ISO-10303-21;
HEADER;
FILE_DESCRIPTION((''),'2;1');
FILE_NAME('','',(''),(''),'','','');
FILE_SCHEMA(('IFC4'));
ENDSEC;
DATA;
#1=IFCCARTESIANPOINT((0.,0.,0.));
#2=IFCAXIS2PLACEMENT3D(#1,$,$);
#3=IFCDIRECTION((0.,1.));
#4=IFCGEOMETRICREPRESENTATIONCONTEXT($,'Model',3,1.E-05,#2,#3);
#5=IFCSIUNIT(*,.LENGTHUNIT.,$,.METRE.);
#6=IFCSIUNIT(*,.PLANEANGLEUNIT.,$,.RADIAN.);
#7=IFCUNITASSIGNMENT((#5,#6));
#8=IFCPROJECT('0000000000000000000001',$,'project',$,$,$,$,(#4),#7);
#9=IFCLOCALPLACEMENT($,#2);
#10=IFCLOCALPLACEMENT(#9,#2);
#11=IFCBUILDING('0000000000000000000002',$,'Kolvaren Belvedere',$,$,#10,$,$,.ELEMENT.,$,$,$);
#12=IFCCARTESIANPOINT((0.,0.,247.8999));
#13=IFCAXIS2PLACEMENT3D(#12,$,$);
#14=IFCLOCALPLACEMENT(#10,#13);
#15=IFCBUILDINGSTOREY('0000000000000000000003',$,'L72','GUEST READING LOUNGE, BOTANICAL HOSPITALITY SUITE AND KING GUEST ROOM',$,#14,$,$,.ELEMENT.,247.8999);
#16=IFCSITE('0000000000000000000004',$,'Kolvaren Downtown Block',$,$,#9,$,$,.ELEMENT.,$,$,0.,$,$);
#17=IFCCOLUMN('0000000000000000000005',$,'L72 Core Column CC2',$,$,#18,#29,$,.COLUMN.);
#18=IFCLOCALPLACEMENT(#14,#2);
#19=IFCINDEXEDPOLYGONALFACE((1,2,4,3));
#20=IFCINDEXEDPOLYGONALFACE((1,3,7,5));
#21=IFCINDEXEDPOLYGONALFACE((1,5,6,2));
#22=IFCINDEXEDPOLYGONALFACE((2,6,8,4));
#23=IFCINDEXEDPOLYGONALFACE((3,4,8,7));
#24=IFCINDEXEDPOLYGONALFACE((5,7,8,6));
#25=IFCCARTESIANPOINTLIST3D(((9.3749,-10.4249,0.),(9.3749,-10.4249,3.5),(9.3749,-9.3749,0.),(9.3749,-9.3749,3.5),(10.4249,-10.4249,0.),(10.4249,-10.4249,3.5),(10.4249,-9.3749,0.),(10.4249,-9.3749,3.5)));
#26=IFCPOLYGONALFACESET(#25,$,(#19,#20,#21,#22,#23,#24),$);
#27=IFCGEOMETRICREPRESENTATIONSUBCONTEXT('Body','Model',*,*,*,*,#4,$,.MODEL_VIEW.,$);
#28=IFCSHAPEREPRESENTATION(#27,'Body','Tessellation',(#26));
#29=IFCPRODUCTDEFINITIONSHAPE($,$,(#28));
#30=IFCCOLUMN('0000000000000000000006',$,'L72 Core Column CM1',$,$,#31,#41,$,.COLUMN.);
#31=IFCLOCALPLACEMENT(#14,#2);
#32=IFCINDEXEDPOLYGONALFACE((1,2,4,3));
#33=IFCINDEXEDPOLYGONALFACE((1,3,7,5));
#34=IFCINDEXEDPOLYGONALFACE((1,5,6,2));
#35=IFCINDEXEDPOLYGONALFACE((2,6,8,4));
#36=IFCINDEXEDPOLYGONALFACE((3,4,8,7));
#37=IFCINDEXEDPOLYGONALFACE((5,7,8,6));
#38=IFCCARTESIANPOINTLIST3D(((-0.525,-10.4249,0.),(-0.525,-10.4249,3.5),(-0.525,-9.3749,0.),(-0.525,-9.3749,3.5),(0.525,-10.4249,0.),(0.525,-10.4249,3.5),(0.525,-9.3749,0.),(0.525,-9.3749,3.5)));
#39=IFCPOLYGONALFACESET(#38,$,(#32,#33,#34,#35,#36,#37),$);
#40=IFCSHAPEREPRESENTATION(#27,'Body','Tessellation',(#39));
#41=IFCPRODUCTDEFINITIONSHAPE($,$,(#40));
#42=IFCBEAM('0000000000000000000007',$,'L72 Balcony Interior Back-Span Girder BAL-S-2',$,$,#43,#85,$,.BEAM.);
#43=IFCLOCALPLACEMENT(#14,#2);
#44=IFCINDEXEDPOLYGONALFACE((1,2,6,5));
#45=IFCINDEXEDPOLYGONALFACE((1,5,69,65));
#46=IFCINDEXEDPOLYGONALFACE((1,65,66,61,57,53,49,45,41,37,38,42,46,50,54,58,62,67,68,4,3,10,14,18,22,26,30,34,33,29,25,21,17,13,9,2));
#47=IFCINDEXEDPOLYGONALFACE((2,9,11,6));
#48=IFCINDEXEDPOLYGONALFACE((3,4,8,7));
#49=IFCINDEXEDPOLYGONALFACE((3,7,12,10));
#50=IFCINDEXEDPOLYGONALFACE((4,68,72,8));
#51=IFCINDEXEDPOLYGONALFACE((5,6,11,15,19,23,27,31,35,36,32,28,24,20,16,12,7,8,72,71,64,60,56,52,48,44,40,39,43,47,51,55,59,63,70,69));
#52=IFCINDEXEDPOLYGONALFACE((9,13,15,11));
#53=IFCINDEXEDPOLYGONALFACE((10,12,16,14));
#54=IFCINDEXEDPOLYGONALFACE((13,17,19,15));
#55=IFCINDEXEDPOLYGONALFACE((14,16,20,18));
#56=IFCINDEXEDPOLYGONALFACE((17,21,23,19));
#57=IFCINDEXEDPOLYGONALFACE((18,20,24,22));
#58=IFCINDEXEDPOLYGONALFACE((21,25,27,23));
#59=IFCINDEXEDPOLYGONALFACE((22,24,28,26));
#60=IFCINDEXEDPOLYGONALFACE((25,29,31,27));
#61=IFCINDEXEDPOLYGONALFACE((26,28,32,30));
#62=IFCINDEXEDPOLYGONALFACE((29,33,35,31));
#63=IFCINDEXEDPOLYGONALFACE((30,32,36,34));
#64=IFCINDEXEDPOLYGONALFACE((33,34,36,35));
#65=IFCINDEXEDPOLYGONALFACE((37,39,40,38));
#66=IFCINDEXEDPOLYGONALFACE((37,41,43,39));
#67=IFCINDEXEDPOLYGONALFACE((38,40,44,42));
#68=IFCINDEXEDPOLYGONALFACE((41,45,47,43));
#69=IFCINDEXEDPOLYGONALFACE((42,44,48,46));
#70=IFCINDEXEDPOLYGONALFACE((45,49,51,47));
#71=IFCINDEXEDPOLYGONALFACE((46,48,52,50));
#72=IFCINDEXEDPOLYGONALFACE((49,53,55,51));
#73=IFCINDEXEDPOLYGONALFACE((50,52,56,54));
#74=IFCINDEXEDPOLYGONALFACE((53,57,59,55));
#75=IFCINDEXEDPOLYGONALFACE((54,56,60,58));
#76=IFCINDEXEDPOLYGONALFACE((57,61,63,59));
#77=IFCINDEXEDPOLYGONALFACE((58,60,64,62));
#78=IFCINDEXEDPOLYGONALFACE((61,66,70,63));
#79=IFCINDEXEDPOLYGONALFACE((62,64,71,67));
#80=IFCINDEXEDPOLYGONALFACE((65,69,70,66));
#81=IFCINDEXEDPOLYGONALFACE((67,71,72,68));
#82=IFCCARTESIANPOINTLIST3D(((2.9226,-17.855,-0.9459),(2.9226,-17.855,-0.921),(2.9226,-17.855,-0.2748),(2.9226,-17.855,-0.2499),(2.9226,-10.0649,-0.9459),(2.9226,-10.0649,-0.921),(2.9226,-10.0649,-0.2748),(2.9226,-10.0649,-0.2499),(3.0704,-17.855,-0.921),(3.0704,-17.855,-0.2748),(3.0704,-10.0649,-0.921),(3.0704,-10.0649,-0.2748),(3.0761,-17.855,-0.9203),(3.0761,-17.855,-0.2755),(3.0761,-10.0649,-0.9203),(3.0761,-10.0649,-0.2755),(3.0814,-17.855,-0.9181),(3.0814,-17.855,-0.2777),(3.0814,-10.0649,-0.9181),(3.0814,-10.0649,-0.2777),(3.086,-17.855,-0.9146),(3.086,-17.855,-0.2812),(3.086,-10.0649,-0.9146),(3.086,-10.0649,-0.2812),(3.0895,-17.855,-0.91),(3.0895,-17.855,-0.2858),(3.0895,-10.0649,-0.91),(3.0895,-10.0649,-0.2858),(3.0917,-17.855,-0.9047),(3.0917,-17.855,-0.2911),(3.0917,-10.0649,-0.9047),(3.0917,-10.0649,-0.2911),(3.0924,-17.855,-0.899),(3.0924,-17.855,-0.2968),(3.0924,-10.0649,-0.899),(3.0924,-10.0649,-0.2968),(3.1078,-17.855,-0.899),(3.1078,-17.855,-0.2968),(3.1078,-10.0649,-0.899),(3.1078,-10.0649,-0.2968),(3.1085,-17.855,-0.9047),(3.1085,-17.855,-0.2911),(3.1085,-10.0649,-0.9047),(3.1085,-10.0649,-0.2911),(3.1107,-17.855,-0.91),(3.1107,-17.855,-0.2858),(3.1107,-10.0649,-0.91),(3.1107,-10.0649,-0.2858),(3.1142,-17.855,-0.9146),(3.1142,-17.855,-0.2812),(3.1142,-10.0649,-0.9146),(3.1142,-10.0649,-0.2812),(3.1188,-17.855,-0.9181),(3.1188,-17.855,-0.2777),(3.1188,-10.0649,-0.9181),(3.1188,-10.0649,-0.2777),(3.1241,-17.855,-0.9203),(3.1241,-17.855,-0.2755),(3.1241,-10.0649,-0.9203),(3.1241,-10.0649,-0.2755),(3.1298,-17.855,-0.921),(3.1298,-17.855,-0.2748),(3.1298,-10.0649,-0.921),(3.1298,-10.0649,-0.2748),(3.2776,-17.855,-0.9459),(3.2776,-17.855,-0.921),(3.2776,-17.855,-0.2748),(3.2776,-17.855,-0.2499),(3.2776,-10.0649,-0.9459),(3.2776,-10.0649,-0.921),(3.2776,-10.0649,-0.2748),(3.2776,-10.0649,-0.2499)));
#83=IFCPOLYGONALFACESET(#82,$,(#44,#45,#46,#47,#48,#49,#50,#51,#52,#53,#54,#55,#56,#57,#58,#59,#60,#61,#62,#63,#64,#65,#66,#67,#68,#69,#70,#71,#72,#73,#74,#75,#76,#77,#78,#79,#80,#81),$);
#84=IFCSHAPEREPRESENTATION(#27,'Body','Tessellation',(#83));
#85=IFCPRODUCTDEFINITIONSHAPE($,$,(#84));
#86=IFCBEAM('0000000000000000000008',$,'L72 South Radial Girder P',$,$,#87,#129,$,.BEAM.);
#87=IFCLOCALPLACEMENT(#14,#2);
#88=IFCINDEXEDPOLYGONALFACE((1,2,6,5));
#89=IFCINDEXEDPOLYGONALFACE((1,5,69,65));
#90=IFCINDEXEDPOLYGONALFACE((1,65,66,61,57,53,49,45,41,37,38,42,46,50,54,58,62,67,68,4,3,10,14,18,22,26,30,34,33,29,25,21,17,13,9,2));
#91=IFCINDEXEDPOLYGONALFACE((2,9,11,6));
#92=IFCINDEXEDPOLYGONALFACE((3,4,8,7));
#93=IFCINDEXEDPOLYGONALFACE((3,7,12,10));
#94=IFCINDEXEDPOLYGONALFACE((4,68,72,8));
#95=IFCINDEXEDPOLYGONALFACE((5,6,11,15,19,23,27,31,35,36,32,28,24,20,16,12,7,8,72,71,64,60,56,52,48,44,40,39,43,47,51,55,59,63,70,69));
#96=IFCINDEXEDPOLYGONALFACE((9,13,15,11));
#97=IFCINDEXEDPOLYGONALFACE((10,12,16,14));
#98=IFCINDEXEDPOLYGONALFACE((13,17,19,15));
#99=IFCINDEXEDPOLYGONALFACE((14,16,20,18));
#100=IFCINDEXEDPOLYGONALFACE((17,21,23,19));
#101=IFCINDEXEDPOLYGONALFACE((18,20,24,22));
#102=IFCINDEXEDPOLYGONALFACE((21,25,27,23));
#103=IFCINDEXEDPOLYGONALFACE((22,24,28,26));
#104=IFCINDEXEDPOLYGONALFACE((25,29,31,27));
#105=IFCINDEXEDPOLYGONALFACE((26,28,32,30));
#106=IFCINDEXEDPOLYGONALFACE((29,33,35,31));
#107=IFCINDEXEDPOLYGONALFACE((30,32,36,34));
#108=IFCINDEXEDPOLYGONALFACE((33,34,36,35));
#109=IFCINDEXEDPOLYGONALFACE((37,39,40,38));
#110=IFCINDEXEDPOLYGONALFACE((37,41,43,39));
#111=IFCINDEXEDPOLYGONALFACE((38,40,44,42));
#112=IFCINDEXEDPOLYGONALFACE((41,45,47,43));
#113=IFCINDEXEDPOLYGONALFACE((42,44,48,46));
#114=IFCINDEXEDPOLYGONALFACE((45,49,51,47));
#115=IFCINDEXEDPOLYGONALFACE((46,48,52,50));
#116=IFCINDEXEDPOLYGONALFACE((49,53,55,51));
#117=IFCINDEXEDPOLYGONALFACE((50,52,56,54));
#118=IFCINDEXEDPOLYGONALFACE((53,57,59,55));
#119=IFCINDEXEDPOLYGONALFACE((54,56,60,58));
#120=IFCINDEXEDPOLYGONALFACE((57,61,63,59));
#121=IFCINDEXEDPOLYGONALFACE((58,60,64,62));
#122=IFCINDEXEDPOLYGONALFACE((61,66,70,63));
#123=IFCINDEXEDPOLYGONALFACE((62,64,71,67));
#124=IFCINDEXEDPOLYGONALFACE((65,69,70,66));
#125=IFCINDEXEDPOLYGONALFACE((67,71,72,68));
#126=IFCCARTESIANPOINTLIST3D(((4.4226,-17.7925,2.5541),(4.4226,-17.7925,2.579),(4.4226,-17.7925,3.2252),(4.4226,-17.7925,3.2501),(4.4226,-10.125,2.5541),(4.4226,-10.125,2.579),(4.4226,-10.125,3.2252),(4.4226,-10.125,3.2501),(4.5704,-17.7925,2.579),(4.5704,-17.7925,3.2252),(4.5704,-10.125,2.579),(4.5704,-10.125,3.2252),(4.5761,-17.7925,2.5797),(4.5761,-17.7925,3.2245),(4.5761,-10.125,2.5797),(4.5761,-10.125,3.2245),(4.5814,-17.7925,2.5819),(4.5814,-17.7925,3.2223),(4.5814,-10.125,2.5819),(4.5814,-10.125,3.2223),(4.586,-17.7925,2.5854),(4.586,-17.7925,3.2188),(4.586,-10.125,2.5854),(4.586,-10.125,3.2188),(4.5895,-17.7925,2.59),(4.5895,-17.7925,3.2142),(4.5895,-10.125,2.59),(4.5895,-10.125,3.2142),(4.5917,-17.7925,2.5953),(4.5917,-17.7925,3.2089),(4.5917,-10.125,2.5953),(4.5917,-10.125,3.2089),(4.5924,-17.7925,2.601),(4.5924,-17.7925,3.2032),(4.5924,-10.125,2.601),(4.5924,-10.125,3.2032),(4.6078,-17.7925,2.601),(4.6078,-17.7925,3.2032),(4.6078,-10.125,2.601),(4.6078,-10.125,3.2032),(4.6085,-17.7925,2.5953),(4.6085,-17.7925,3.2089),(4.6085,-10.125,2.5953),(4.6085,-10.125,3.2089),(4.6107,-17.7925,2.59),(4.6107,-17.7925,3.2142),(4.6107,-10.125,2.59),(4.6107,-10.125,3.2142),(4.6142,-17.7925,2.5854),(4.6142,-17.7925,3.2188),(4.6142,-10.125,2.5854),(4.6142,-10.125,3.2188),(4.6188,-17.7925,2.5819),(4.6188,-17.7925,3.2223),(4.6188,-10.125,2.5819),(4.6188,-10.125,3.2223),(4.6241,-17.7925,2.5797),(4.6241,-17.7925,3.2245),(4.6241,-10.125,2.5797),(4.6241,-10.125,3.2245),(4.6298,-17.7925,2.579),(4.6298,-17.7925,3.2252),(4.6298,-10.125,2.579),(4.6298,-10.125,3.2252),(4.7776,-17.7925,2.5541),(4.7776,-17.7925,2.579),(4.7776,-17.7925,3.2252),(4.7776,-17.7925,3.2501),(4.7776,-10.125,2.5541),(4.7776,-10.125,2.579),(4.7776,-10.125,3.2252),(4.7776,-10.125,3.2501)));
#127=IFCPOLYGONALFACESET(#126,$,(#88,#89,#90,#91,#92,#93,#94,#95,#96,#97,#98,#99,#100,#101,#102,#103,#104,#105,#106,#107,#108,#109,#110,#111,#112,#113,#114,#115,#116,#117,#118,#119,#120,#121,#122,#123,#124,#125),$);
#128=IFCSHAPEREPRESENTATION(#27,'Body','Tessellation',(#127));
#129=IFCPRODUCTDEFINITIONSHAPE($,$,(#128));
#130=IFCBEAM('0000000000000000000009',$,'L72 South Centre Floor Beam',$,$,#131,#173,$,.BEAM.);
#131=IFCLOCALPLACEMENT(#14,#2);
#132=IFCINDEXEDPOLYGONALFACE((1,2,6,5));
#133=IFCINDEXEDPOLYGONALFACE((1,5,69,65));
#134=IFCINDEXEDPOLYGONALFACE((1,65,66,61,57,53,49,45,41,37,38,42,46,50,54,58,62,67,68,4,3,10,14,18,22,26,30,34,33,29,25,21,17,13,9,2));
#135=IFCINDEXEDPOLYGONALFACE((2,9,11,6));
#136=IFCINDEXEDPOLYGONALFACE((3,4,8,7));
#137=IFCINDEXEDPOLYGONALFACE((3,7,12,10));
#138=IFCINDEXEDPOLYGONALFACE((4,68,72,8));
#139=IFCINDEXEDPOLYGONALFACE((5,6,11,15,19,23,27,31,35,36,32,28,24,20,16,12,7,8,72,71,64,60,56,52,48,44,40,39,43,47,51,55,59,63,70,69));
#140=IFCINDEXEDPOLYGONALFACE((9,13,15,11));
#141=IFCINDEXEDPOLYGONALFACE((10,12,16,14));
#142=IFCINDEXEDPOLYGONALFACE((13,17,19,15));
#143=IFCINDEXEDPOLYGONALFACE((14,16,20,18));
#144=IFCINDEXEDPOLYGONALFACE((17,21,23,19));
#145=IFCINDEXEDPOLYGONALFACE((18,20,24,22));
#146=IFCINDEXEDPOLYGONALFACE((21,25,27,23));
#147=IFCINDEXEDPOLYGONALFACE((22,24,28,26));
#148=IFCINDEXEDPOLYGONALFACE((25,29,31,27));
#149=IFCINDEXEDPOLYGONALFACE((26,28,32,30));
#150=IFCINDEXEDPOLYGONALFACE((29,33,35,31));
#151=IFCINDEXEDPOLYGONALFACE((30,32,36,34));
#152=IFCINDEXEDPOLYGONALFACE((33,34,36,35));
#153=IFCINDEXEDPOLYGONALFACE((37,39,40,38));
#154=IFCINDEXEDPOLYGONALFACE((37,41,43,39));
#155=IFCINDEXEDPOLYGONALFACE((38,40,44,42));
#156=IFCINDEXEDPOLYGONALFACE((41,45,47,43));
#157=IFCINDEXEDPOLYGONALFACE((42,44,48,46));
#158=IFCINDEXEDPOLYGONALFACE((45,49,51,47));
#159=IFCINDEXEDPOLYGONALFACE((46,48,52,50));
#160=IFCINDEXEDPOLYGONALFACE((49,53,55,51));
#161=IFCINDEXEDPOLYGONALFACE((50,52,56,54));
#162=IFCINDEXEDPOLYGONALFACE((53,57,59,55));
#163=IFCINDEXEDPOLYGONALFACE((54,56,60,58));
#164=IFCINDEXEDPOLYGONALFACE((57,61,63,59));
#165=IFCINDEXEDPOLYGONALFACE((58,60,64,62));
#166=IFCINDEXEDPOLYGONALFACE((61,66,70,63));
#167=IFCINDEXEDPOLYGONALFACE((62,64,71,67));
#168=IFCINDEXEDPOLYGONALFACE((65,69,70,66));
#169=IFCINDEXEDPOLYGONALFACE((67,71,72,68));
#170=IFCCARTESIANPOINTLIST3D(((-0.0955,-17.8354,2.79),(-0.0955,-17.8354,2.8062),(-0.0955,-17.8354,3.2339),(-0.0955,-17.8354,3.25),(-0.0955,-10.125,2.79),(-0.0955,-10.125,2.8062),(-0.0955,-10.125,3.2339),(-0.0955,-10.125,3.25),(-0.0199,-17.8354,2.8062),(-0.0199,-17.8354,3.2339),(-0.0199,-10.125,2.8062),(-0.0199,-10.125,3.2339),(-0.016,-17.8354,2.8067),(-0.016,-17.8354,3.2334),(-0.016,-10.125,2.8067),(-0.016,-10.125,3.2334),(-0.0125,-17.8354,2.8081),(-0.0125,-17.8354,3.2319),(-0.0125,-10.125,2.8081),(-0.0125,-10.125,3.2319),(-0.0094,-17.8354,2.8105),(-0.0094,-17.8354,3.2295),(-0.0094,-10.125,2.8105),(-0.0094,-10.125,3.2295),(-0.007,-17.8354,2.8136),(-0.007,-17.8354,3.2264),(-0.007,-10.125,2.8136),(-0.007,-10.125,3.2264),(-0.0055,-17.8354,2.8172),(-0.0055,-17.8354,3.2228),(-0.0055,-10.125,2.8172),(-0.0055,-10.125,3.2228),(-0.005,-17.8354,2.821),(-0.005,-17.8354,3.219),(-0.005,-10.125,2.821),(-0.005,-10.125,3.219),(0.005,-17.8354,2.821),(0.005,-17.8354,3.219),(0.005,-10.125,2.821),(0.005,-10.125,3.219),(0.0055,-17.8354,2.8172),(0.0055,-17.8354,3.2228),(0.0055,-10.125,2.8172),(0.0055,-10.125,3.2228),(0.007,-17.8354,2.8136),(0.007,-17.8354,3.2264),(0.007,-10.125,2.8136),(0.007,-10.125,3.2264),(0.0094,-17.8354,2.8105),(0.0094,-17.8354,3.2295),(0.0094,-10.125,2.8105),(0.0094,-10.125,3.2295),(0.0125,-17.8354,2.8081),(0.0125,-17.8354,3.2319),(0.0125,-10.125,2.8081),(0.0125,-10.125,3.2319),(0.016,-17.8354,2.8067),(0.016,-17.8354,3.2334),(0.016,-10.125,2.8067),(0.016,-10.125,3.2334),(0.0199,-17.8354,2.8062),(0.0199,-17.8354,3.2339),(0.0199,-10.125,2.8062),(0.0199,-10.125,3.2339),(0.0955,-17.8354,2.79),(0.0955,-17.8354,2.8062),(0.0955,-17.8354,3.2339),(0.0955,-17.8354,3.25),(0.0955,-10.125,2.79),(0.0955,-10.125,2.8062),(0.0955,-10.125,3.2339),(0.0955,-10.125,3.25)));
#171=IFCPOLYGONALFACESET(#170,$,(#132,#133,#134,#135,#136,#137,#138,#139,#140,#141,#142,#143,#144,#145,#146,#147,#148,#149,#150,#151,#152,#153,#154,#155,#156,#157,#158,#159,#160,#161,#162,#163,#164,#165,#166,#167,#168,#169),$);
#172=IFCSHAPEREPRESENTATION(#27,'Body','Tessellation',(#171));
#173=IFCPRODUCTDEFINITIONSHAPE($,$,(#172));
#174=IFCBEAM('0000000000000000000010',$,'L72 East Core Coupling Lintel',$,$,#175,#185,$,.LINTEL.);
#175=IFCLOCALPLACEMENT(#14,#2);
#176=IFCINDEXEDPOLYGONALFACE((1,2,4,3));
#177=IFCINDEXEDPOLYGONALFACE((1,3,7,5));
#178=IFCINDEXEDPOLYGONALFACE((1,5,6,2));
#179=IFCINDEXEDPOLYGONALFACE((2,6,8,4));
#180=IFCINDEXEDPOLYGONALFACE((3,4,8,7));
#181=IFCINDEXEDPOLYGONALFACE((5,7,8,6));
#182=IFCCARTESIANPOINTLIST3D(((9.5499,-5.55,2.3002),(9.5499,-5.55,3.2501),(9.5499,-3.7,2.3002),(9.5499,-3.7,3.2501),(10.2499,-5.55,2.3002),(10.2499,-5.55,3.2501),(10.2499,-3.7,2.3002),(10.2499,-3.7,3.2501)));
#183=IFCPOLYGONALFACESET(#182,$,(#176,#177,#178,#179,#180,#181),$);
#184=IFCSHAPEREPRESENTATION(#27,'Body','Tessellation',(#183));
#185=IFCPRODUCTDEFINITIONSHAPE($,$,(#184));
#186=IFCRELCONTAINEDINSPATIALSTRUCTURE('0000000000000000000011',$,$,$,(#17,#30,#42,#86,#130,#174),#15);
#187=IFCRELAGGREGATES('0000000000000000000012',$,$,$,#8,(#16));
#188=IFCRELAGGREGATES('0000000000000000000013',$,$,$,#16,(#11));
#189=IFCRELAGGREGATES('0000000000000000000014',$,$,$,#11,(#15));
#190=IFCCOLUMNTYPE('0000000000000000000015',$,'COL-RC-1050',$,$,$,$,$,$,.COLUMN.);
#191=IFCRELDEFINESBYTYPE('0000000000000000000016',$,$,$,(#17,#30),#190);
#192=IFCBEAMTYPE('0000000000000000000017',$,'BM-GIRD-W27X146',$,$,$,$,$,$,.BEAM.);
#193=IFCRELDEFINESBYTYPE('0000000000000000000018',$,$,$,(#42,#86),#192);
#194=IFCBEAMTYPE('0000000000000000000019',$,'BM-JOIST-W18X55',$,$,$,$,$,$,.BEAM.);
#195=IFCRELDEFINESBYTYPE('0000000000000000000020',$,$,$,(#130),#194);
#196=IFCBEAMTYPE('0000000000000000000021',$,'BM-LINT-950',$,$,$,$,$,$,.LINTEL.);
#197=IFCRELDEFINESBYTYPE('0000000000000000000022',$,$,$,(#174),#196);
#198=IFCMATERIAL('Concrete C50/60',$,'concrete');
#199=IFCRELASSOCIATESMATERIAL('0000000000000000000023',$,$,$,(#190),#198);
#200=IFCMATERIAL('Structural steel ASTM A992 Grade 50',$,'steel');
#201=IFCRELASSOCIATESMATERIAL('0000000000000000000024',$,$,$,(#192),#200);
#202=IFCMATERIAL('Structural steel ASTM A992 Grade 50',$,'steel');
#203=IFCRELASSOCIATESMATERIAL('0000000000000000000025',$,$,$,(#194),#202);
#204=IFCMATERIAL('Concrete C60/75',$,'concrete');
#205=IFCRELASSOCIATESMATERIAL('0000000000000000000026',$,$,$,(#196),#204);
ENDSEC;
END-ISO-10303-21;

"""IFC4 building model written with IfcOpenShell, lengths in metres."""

from ifc_helpers import new_model, si_unit, direction, frame, origin, origin_2d, place, context, subcontext, project, spatial, rectangle, i_section, extrude, material, material_profile, profile_set, type_object, element, save


model = new_model("IFC4")

# Units and contexts
model_context = context("Model", 3, precision=1e-05, world=origin(), true_north=direction((0.0, 1.0)))
body_context = subcontext(model_context, "Body", "Model", "MODEL_VIEW")
ifc_project = project(units=[si_unit("LENGTHUNIT", "METRE"), si_unit("PLANEANGLEUNIT", "RADIAN")], contexts=[model_context])

# Site, building, storey
site_placement = place(None, origin())
site = spatial("IfcSite", under=ifc_project, at=site_placement, Name="Kolvaren Downtown Block", CompositionType="ELEMENT", RefElevation=0.0)
building_placement = place(site_placement, origin())
building = spatial("IfcBuilding", under=site, at=building_placement, Name="Kolvaren Belvedere", CompositionType="ELEMENT")
storey_placement = place(building_placement, frame((0.0, 0.0, 247.8999)))
storey = spatial("IfcBuildingStorey", under=building, at=storey_placement, Name="L72", Description="GUEST READING LOUNGE, BOTANICAL HOSPITALITY SUITE AND KING GUEST ROOM", CompositionType="ELEMENT", Elevation=247.8999)

# Columns
ifc_material_1 = material(Name="Concrete C50/60", Category="concrete")
ifc_material_profile_1 = material_profile(ifc_material_1, rectangle(XDim=1.05, YDim=1.05, at=origin_2d()), Name="RC 1050X1050")
ifc_profile_set_1 = profile_set([ifc_material_profile_1], Name="Concrete C50/60")
column_type = type_object("IfcColumnType", Name="COL-RC-1050", PredefinedType="COLUMN", material=ifc_profile_set_1)
for number, where, z_axis, x_axis, name in (
    (1, (9.8999, -9.8999, 0.0), (0.0, 0.0, 1.0), (1.0, 0.0, 0.0), "L72 Core Column CC2"),
    (2, (0.0, -9.8999, 0.0), (0.0, 0.0, 1.0), (1.0, 0.0, 0.0), "L72 Core Column CM1"),
):
    element("IfcColumn", number, at=place(storey_placement, frame(where, z_axis=z_axis, x_axis=x_axis)), inside=storey, type_object=column_type, Name=name, PredefinedType="COLUMN", context=body_context, shape_type="SweptSolid", body=[
        extrude(rectangle(XDim=1.05, YDim=1.05, at=origin_2d()), origin(), (0.0, 0.0, 1.0), 3.5),
    ])

# Beams
ifc_material_2 = material(Name="Structural steel ASTM A992 Grade 50", Category="steel")
ifc_material_profile_2 = material_profile(ifc_material_2, i_section(OverallWidth=0.355, OverallDepth=0.696, WebThickness=0.0154, FlangeThickness=0.0249, FilletRadius=0.022, at=origin_2d()), Name="W27X146")
ifc_profile_set_2 = profile_set([ifc_material_profile_2], Name="Structural steel ASTM A992 Grade 50")
beam_type_1 = type_object("IfcBeamType", Name="BM-GIRD-W27X146", PredefinedType="BEAM", material=ifc_profile_set_2)
beam_1_placement = place(storey_placement, frame((3.1001, -10.0649, -0.5979), z_axis=(0.0, -1.0, 0.0), x_axis=(1.0, 0.0, 0.0)))
element("IfcBeam", 3, at=beam_1_placement, inside=storey, type_object=beam_type_1, Name="L72 Balcony Interior Back-Span Girder BAL-S-2", PredefinedType="BEAM", context=body_context, shape_type="SweptSolid", body=[
    extrude(i_section(OverallWidth=0.355, OverallDepth=0.696, WebThickness=0.0154, FlangeThickness=0.0249, FilletRadius=0.022, at=origin_2d()), origin(), (0.0, 0.0, 1.0), 7.79),
])
beam_2_placement = place(storey_placement, frame((4.6001, -10.125, 2.9021), z_axis=(0.0, -1.0, 0.0), x_axis=(1.0, 0.0, 0.0)))
element("IfcBeam", 4, at=beam_2_placement, inside=storey, type_object=beam_type_1, Name="L72 South Radial Girder P", PredefinedType="BEAM", context=body_context, shape_type="SweptSolid", body=[
    extrude(i_section(OverallWidth=0.355, OverallDepth=0.696, WebThickness=0.0154, FlangeThickness=0.0249, FilletRadius=0.022, at=origin_2d()), origin(), (0.0, 0.0, 1.0), 7.6675),
])
ifc_material_3 = material(Name="Structural steel ASTM A992 Grade 50", Category="steel")
ifc_material_profile_3 = material_profile(ifc_material_3, i_section(OverallWidth=0.1909, OverallDepth=0.46, WebThickness=0.01, FlangeThickness=0.0161, FilletRadius=0.0149, at=origin_2d()), Name="W18X55")
ifc_profile_set_3 = profile_set([ifc_material_profile_3], Name="Structural steel ASTM A992 Grade 50")
beam_type_2 = type_object("IfcBeamType", Name="BM-JOIST-W18X55", PredefinedType="BEAM", material=ifc_profile_set_3)
beam_3_placement = place(storey_placement, frame((0.0, -10.125, 3.02), z_axis=(0.0, -1.0, 0.0), x_axis=(1.0, 0.0, 0.0)))
element("IfcBeam", 5, at=beam_3_placement, inside=storey, type_object=beam_type_2, Name="L72 South Centre Floor Beam", PredefinedType="BEAM", context=body_context, shape_type="SweptSolid", body=[
    extrude(i_section(OverallWidth=0.1909, OverallDepth=0.46, WebThickness=0.01, FlangeThickness=0.0161, FilletRadius=0.0149, at=origin_2d()), origin(), (0.0, 0.0, 1.0), 7.7104),
])
ifc_material_4 = material(Name="Concrete C60/75", Category="concrete")
ifc_material_profile_4 = material_profile(ifc_material_4, rectangle(XDim=0.7, YDim=0.95, at=origin_2d()), Name="RC 700X950")
ifc_profile_set_4 = profile_set([ifc_material_profile_4], Name="Concrete C60/75")
beam_type_3 = type_object("IfcBeamType", Name="BM-LINT-950", PredefinedType="LINTEL", material=ifc_profile_set_4)
beam_4_placement = place(storey_placement, frame((9.8999, -5.55, 2.7751), z_axis=(0.0, 1.0, 0.0), x_axis=(-1.0, 0.0, 0.0)))
element("IfcBeam", 6, at=beam_4_placement, inside=storey, type_object=beam_type_3, Name="L72 East Core Coupling Lintel", PredefinedType="LINTEL", context=body_context, shape_type="SweptSolid", body=[
    extrude(rectangle(XDim=0.7, YDim=0.95, at=origin_2d()), origin(), (0.0, 0.0, 1.0), 1.8501),
])

save(model, "model.ifc")
